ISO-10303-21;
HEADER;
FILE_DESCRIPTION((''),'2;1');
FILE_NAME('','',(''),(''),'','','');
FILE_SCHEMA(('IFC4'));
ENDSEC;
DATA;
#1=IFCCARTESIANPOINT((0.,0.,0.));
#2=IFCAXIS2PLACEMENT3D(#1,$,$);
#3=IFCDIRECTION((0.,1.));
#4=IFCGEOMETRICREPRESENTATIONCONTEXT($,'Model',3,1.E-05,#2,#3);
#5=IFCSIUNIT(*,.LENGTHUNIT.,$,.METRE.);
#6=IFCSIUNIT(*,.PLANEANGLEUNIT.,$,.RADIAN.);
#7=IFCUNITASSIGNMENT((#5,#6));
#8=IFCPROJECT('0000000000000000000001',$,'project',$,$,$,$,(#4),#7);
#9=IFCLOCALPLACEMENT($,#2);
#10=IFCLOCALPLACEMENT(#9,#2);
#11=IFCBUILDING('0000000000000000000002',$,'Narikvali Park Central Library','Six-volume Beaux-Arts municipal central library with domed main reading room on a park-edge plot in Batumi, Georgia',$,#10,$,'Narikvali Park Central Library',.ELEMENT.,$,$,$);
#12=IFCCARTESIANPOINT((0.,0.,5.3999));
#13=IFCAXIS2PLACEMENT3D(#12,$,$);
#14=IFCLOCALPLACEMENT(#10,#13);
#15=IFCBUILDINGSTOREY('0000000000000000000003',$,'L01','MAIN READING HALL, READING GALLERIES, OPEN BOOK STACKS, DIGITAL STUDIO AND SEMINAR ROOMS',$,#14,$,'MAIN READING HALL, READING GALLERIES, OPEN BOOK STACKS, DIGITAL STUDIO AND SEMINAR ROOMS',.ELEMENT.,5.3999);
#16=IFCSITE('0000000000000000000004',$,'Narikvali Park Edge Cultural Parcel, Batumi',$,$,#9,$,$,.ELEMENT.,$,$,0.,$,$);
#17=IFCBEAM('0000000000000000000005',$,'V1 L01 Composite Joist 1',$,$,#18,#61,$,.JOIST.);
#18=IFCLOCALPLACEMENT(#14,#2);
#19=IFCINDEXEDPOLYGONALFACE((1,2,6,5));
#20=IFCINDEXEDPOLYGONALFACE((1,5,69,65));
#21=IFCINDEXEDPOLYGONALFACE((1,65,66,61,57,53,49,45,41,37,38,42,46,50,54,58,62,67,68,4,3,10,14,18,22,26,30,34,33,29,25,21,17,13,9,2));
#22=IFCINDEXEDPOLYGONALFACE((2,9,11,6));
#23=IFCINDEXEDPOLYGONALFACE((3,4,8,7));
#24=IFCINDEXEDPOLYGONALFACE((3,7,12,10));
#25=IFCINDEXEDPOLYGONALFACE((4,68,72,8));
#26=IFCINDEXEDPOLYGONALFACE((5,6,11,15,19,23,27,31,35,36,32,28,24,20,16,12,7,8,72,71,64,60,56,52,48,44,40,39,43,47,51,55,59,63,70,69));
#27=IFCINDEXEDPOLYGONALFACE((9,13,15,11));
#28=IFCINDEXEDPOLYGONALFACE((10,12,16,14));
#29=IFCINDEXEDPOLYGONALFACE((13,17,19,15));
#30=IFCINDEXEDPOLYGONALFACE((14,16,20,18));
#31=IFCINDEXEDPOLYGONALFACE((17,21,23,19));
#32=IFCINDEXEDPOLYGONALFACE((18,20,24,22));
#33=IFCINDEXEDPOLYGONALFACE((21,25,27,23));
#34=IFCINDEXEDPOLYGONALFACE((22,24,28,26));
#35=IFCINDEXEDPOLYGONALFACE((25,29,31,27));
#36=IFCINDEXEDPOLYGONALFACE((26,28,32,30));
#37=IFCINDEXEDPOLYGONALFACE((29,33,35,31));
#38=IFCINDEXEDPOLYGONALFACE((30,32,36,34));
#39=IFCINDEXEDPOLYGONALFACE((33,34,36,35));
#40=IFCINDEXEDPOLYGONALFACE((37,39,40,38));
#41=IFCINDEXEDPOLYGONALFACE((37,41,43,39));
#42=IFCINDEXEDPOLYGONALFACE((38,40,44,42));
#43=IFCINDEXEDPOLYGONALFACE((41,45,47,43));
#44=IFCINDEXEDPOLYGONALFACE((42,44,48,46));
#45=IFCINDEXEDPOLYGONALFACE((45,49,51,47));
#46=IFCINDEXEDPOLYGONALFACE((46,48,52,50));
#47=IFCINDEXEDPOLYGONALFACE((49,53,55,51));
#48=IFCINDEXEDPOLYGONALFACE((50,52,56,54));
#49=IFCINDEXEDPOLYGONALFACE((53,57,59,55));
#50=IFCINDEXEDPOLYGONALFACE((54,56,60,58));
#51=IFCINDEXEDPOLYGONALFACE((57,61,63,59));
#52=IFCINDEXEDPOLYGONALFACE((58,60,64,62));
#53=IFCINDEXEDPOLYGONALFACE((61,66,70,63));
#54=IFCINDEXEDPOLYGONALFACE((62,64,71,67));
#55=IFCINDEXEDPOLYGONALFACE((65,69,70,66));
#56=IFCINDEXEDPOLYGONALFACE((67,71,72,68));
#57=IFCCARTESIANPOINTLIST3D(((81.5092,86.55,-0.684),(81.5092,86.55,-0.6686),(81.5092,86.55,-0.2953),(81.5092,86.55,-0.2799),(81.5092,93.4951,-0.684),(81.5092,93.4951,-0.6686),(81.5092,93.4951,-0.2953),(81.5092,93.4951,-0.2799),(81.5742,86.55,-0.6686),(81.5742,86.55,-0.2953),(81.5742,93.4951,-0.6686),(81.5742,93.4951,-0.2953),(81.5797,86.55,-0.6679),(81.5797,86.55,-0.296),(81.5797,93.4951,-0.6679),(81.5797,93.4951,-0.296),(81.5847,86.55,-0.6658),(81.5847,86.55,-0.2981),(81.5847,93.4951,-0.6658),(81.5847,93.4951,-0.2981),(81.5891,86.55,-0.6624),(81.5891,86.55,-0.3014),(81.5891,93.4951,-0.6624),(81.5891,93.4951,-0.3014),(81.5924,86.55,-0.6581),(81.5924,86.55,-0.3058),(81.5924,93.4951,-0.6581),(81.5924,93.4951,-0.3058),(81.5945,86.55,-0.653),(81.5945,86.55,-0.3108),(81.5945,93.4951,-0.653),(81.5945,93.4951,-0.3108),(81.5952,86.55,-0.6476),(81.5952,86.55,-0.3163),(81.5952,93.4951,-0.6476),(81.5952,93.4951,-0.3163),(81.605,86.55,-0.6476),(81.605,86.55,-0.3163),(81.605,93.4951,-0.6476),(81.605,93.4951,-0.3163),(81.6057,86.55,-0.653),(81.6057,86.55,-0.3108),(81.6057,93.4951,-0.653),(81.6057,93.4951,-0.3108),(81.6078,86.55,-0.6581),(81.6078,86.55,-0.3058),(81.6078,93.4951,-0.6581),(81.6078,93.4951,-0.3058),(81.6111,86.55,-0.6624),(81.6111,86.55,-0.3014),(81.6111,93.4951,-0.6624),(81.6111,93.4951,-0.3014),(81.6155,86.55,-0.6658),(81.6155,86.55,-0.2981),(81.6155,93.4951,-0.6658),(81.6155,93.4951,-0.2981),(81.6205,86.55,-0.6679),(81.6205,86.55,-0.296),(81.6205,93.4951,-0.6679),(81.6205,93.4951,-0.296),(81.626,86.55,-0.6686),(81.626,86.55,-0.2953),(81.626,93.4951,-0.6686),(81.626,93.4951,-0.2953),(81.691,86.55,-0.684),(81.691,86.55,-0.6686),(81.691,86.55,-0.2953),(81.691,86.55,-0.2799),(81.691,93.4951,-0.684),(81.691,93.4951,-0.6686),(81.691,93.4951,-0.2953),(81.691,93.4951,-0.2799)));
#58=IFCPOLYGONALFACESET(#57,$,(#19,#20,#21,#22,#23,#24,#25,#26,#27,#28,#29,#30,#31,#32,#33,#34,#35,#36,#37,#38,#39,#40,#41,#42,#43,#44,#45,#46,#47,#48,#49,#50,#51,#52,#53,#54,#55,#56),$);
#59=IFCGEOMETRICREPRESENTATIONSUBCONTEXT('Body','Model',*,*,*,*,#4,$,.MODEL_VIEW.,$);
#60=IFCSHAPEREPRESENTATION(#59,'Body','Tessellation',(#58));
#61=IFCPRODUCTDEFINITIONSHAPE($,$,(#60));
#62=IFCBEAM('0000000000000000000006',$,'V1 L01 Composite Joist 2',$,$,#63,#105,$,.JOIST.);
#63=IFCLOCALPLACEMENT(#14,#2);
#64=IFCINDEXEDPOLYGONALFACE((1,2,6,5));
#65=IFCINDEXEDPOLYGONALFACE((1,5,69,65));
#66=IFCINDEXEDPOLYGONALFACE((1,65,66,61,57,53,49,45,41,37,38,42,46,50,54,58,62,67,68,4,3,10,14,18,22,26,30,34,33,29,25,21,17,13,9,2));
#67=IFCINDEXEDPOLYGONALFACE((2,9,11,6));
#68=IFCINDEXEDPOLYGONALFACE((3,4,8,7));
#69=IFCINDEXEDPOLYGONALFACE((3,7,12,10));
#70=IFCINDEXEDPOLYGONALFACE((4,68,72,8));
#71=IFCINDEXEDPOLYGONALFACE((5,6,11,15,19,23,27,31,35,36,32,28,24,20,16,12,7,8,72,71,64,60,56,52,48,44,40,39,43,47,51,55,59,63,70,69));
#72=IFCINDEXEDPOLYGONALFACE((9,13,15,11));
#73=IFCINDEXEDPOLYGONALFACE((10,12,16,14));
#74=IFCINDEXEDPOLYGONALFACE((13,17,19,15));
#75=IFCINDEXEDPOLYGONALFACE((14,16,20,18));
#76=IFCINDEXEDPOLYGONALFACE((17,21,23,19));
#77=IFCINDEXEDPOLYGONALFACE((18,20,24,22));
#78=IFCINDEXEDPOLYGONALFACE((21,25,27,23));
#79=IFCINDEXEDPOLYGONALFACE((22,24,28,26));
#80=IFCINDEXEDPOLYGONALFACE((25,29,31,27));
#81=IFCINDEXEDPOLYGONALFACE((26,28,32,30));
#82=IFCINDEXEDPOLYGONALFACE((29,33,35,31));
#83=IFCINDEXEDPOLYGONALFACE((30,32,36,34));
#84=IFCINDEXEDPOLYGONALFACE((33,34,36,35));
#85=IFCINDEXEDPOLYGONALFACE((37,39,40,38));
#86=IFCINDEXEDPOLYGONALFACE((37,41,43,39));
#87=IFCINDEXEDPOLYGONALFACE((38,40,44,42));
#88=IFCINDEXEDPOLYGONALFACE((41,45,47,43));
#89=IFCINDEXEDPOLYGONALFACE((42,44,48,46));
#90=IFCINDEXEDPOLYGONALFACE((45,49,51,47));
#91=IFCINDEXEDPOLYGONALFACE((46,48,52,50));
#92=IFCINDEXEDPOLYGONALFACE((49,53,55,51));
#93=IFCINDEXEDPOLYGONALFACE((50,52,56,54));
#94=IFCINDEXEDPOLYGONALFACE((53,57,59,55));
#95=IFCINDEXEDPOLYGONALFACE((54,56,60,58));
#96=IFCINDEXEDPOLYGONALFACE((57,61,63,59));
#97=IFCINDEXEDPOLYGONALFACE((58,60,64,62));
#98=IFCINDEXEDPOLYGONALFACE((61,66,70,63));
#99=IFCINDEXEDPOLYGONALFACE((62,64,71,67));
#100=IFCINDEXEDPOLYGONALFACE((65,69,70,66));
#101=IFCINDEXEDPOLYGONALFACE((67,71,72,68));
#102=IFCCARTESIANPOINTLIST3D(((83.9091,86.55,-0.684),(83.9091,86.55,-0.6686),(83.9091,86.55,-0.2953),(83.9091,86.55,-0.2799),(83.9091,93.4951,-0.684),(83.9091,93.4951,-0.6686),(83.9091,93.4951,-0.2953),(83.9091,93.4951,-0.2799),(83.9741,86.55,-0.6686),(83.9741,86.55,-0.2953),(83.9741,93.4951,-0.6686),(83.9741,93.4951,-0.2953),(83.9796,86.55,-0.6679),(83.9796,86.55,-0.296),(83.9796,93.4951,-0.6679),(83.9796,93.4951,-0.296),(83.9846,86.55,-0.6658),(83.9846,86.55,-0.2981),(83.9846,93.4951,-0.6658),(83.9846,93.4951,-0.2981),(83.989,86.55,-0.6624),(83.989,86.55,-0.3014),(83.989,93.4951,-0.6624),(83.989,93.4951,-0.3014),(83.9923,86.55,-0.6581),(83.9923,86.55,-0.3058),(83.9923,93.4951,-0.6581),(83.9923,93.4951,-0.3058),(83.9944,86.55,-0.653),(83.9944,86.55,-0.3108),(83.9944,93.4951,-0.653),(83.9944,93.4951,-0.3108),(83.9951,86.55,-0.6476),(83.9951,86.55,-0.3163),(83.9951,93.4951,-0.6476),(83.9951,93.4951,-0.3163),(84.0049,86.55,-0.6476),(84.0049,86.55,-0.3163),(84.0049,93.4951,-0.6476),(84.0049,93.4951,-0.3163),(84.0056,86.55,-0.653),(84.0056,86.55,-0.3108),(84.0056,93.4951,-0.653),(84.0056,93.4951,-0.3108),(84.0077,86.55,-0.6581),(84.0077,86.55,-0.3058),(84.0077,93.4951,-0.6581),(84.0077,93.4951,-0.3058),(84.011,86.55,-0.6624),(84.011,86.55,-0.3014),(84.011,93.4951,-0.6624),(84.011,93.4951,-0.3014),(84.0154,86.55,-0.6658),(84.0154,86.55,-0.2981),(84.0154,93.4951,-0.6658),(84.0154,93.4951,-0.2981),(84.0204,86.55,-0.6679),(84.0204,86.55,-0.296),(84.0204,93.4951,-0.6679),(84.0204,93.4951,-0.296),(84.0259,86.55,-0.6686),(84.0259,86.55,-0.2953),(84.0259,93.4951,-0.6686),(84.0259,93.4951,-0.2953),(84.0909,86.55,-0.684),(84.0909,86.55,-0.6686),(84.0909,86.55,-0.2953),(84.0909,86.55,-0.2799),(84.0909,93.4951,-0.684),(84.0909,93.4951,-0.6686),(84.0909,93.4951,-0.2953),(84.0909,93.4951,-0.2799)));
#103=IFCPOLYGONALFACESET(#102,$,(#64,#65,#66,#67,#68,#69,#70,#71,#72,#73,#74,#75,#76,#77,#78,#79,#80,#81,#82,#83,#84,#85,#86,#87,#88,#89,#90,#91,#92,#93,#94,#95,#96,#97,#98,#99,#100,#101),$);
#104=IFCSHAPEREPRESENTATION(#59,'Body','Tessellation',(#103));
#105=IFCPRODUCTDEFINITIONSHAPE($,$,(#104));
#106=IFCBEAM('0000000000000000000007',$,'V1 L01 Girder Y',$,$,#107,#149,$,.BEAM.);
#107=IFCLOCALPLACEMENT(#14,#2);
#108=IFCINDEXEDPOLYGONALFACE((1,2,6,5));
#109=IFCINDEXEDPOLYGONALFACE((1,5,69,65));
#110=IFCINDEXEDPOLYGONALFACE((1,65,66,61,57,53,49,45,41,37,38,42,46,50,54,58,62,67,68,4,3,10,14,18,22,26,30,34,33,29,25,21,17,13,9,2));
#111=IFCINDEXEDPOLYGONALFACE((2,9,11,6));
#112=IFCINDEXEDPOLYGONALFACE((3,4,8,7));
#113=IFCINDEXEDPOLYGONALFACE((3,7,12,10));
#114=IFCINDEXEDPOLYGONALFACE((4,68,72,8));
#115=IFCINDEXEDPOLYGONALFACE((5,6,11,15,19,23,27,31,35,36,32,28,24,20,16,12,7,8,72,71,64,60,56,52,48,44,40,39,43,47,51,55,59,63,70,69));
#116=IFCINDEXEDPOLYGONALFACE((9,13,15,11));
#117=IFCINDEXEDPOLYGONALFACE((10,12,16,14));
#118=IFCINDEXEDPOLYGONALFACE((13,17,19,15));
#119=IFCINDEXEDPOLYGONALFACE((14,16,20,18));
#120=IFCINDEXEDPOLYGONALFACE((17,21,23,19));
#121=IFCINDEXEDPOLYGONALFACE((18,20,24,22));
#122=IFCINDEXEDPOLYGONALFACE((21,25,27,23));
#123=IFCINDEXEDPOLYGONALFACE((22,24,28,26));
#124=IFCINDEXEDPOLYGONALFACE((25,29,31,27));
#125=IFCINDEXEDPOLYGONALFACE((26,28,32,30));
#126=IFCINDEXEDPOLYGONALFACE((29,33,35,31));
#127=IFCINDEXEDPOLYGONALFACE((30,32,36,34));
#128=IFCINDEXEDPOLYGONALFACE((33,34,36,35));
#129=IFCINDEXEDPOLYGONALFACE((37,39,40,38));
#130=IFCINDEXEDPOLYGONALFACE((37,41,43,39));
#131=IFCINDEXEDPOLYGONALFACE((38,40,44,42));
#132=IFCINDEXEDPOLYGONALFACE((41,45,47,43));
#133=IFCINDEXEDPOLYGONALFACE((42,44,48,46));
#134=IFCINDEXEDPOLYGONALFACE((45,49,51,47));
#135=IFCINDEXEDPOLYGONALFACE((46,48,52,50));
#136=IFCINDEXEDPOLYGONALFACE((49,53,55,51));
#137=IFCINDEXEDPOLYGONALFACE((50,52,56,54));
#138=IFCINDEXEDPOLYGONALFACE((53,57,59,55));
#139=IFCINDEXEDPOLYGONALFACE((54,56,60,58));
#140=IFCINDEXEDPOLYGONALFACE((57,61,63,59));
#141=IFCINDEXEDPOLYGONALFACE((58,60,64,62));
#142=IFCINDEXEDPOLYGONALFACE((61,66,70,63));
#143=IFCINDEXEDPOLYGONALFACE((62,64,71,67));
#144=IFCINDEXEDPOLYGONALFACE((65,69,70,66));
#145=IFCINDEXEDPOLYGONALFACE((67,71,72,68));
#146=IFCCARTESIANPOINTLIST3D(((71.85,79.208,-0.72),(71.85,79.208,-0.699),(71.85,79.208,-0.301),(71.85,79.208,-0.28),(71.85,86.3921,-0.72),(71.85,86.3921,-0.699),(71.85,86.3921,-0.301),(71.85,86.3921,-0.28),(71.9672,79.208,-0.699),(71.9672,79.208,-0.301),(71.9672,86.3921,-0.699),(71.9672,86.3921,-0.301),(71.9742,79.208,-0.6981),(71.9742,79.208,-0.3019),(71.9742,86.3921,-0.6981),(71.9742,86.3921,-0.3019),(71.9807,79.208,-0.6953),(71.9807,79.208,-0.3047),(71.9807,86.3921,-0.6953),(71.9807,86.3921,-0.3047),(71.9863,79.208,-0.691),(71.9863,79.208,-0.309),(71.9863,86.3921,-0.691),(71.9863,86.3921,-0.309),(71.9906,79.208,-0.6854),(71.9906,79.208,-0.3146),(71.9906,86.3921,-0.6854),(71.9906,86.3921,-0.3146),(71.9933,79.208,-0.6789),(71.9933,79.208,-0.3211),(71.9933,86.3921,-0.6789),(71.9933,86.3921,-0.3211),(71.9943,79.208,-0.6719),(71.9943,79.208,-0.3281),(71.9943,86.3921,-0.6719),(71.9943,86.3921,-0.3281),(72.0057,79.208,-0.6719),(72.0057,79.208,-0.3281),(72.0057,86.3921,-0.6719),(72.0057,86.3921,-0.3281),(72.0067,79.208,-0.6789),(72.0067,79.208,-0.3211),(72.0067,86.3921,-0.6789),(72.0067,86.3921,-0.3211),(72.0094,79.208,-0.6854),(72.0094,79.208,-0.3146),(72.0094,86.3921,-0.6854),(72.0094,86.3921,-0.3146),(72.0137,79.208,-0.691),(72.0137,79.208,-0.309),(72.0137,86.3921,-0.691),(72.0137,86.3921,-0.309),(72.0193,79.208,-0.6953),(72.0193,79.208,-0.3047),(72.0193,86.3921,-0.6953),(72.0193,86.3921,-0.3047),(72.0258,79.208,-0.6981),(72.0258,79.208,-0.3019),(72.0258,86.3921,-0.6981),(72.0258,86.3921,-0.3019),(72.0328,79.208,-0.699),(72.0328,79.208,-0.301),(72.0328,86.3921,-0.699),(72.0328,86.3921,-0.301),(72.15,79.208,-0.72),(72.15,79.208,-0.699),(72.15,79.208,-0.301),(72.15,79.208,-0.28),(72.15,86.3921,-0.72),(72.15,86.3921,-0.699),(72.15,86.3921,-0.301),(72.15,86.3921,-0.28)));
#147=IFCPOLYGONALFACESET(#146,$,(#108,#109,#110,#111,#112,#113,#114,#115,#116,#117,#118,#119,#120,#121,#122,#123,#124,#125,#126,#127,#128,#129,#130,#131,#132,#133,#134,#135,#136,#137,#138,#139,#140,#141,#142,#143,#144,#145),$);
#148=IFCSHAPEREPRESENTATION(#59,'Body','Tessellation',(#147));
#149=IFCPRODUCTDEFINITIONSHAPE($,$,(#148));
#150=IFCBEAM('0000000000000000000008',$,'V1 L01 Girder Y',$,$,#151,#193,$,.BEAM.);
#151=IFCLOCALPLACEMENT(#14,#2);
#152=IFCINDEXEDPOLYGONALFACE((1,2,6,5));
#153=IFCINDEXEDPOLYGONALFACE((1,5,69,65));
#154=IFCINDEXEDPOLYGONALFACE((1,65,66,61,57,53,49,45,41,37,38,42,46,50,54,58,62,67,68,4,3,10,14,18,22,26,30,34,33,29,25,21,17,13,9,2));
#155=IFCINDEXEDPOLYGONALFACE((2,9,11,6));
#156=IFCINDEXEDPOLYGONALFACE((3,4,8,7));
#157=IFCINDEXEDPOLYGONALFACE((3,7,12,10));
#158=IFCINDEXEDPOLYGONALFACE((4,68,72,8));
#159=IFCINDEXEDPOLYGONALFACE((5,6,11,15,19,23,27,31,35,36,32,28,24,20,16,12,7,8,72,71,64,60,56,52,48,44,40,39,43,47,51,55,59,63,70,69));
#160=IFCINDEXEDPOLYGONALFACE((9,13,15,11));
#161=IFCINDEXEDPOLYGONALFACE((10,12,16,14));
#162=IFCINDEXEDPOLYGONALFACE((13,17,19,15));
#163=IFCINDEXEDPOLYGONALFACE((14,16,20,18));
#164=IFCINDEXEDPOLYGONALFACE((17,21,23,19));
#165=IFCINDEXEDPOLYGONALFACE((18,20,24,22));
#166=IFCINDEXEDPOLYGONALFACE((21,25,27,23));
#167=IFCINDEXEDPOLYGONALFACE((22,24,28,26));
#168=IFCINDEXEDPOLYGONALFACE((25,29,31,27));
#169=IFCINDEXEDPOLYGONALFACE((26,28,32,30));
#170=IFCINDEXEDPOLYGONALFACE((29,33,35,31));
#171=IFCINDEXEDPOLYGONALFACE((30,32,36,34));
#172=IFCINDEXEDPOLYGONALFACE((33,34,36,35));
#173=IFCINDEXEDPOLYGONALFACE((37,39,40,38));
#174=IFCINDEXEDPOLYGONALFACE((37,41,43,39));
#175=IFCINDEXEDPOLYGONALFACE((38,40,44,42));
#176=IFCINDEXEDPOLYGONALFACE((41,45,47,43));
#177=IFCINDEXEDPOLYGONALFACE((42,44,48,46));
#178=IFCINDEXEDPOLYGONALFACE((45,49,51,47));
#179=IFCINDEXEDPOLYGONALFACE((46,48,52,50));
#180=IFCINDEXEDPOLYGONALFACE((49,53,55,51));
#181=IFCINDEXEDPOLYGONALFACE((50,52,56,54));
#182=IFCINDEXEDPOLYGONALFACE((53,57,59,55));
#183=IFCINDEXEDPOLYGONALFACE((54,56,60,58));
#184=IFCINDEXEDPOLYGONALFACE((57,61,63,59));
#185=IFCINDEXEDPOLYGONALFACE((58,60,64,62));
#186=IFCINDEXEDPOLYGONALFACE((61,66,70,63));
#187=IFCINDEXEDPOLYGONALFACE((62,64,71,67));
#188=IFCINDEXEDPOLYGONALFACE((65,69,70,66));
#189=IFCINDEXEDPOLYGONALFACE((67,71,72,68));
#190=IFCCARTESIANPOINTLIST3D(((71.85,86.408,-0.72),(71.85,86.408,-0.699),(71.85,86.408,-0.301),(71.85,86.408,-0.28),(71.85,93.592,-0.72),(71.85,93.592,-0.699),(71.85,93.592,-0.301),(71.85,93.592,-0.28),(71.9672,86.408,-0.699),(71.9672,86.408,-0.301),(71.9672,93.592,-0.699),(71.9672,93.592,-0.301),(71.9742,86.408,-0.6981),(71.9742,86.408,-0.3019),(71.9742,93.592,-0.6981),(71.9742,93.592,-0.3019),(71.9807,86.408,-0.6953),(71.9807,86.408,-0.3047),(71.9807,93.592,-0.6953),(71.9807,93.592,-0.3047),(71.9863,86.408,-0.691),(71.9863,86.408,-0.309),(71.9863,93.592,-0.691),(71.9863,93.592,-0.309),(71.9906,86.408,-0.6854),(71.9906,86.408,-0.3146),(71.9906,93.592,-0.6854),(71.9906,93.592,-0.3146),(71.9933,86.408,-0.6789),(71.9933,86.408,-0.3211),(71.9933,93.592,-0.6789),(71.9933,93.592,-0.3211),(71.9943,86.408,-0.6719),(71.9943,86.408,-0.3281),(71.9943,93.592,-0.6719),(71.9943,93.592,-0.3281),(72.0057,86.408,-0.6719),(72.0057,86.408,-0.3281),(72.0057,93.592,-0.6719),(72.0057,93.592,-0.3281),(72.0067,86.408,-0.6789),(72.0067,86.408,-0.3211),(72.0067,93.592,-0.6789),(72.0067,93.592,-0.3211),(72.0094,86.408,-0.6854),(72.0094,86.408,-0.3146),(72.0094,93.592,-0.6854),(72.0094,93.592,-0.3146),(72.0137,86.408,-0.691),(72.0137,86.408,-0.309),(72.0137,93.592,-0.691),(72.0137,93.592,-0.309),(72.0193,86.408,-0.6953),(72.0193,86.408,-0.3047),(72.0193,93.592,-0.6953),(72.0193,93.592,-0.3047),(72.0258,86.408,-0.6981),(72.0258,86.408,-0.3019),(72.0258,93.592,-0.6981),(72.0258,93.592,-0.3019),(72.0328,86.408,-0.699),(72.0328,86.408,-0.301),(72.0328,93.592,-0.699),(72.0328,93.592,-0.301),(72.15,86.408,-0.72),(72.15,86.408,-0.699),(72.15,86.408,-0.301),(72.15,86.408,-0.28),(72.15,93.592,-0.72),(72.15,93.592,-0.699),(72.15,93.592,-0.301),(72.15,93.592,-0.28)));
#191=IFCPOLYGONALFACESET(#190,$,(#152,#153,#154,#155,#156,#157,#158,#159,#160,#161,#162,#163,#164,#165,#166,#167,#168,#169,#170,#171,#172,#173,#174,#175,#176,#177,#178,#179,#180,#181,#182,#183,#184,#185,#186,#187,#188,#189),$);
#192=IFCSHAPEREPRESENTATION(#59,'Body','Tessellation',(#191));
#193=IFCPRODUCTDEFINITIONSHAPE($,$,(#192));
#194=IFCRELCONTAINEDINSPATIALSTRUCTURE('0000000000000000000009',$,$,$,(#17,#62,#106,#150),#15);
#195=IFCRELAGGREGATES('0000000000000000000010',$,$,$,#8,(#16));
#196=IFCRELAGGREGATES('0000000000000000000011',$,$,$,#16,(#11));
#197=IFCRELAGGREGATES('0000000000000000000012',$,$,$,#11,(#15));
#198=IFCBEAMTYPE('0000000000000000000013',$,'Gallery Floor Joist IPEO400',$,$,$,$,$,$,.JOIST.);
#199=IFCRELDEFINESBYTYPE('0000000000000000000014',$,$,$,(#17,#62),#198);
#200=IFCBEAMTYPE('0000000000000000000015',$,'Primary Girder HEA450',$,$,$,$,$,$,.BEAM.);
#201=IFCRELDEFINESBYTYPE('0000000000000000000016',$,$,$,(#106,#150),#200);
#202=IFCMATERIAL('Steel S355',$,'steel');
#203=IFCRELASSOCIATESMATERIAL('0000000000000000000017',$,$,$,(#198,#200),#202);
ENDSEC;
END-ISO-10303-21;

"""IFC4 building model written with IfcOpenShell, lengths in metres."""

from ifc_helpers import new_model, si_unit, direction, frame, origin, origin_2d, place, context, subcontext, project, spatial, i_section, extrude, material, material_profile, profile_set, type_object, element, save


model = new_model("IFC4")

# Units and contexts
model_context = context("Model", 3, precision=1e-05, world=origin(), true_north=direction((0.0, 1.0)))
body_context = subcontext(model_context, "Body", "Model", "MODEL_VIEW")
ifc_project = project(units=[si_unit("LENGTHUNIT", "METRE"), si_unit("PLANEANGLEUNIT", "RADIAN")], contexts=[model_context])

# Site, building, storey
site_placement = place(None, origin())
site = spatial("IfcSite", under=ifc_project, at=site_placement, Name="Narikvali Park Edge Cultural Parcel, Batumi", CompositionType="ELEMENT", RefElevation=0.0)
building_placement = place(site_placement, origin())
building = spatial("IfcBuilding", under=site, at=building_placement, Name="Narikvali Park Central Library", Description="Six-volume Beaux-Arts municipal central library with domed main reading room on a park-edge plot in Batumi, Georgia", LongName="Narikvali Park Central Library", CompositionType="ELEMENT")
storey_placement = place(building_placement, frame((0.0, 0.0, 5.3999)))
storey = spatial("IfcBuildingStorey", under=building, at=storey_placement, Name="L01", Description="MAIN READING HALL, READING GALLERIES, OPEN BOOK STACKS, DIGITAL STUDIO AND SEMINAR ROOMS", LongName="MAIN READING HALL, READING GALLERIES, OPEN BOOK STACKS, DIGITAL STUDIO AND SEMINAR ROOMS", CompositionType="ELEMENT", Elevation=5.3999)

# Shared definitions
ifc_material_1 = material(Name="Steel S355", Category="steel")

# Beams
ifc_material_profile_1 = material_profile(ifc_material_1, i_section(OverallWidth=0.1819, OverallDepth=0.4041, WebThickness=0.0098, FlangeThickness=0.0154, FilletRadius=0.021, at=origin_2d()), Name="IPEO 400")
ifc_profile_set_1 = profile_set([ifc_material_profile_1], Name="Steel S355")
beam_type_1 = type_object("IfcBeamType", Name="Gallery Floor Joist IPEO400", PredefinedType="JOIST", material=ifc_profile_set_1)
for number, where, z_axis, x_axis, name in (
    (1, (81.6001, 86.55, -0.4819), (0.0, 1.0, 0.0), (-1.0, 0.0, 0.0), "V1 L01 Composite Joist 1"),
    (2, (84.0, 86.55, -0.4819), (0.0, 1.0, 0.0), (-1.0, 0.0, 0.0), "V1 L01 Composite Joist 2"),
):
    element("IfcBeam", number, at=place(storey_placement, frame(where, z_axis=z_axis, x_axis=x_axis)), inside=storey, type_object=beam_type_1, Name=name, PredefinedType="JOIST", context=body_context, shape_type="SweptSolid", body=[
        extrude(i_section(OverallWidth=0.1819, OverallDepth=0.4041, WebThickness=0.0098, FlangeThickness=0.0154, FilletRadius=0.021, at=origin_2d()), origin(), (0.0, 0.0, 1.0), 6.9451),
    ])
ifc_material_profile_2 = material_profile(ifc_material_1, i_section(OverallWidth=0.3, OverallDepth=0.4399, WebThickness=0.0115, FlangeThickness=0.021, FilletRadius=0.0271, at=origin_2d()), Name="HEA 450")
ifc_profile_set_2 = profile_set([ifc_material_profile_2], Name="Steel S355")
beam_type_2 = type_object("IfcBeamType", Name="Primary Girder HEA450", PredefinedType="BEAM", material=ifc_profile_set_2)
for number, where, z_axis, x_axis, name in (
    (3, (72.0, 79.208, -0.5), (0.0, 1.0, 0.0), (-1.0, 0.0, 0.0), "V1 L01 Girder Y"),
    (4, (72.0, 86.408, -0.5), (0.0, 1.0, 0.0), (-1.0, 0.0, 0.0), "V1 L01 Girder Y"),
):
    element("IfcBeam", number, at=place(storey_placement, frame(where, z_axis=z_axis, x_axis=x_axis)), inside=storey, type_object=beam_type_2, Name=name, PredefinedType="BEAM", context=body_context, shape_type="SweptSolid", body=[
        extrude(i_section(OverallWidth=0.3, OverallDepth=0.4399, WebThickness=0.0115, FlangeThickness=0.021, FilletRadius=0.0271, at=origin_2d()), origin(), (0.0, 0.0, 1.0), 7.1841),
    ])

save(model, "model.ifc")
